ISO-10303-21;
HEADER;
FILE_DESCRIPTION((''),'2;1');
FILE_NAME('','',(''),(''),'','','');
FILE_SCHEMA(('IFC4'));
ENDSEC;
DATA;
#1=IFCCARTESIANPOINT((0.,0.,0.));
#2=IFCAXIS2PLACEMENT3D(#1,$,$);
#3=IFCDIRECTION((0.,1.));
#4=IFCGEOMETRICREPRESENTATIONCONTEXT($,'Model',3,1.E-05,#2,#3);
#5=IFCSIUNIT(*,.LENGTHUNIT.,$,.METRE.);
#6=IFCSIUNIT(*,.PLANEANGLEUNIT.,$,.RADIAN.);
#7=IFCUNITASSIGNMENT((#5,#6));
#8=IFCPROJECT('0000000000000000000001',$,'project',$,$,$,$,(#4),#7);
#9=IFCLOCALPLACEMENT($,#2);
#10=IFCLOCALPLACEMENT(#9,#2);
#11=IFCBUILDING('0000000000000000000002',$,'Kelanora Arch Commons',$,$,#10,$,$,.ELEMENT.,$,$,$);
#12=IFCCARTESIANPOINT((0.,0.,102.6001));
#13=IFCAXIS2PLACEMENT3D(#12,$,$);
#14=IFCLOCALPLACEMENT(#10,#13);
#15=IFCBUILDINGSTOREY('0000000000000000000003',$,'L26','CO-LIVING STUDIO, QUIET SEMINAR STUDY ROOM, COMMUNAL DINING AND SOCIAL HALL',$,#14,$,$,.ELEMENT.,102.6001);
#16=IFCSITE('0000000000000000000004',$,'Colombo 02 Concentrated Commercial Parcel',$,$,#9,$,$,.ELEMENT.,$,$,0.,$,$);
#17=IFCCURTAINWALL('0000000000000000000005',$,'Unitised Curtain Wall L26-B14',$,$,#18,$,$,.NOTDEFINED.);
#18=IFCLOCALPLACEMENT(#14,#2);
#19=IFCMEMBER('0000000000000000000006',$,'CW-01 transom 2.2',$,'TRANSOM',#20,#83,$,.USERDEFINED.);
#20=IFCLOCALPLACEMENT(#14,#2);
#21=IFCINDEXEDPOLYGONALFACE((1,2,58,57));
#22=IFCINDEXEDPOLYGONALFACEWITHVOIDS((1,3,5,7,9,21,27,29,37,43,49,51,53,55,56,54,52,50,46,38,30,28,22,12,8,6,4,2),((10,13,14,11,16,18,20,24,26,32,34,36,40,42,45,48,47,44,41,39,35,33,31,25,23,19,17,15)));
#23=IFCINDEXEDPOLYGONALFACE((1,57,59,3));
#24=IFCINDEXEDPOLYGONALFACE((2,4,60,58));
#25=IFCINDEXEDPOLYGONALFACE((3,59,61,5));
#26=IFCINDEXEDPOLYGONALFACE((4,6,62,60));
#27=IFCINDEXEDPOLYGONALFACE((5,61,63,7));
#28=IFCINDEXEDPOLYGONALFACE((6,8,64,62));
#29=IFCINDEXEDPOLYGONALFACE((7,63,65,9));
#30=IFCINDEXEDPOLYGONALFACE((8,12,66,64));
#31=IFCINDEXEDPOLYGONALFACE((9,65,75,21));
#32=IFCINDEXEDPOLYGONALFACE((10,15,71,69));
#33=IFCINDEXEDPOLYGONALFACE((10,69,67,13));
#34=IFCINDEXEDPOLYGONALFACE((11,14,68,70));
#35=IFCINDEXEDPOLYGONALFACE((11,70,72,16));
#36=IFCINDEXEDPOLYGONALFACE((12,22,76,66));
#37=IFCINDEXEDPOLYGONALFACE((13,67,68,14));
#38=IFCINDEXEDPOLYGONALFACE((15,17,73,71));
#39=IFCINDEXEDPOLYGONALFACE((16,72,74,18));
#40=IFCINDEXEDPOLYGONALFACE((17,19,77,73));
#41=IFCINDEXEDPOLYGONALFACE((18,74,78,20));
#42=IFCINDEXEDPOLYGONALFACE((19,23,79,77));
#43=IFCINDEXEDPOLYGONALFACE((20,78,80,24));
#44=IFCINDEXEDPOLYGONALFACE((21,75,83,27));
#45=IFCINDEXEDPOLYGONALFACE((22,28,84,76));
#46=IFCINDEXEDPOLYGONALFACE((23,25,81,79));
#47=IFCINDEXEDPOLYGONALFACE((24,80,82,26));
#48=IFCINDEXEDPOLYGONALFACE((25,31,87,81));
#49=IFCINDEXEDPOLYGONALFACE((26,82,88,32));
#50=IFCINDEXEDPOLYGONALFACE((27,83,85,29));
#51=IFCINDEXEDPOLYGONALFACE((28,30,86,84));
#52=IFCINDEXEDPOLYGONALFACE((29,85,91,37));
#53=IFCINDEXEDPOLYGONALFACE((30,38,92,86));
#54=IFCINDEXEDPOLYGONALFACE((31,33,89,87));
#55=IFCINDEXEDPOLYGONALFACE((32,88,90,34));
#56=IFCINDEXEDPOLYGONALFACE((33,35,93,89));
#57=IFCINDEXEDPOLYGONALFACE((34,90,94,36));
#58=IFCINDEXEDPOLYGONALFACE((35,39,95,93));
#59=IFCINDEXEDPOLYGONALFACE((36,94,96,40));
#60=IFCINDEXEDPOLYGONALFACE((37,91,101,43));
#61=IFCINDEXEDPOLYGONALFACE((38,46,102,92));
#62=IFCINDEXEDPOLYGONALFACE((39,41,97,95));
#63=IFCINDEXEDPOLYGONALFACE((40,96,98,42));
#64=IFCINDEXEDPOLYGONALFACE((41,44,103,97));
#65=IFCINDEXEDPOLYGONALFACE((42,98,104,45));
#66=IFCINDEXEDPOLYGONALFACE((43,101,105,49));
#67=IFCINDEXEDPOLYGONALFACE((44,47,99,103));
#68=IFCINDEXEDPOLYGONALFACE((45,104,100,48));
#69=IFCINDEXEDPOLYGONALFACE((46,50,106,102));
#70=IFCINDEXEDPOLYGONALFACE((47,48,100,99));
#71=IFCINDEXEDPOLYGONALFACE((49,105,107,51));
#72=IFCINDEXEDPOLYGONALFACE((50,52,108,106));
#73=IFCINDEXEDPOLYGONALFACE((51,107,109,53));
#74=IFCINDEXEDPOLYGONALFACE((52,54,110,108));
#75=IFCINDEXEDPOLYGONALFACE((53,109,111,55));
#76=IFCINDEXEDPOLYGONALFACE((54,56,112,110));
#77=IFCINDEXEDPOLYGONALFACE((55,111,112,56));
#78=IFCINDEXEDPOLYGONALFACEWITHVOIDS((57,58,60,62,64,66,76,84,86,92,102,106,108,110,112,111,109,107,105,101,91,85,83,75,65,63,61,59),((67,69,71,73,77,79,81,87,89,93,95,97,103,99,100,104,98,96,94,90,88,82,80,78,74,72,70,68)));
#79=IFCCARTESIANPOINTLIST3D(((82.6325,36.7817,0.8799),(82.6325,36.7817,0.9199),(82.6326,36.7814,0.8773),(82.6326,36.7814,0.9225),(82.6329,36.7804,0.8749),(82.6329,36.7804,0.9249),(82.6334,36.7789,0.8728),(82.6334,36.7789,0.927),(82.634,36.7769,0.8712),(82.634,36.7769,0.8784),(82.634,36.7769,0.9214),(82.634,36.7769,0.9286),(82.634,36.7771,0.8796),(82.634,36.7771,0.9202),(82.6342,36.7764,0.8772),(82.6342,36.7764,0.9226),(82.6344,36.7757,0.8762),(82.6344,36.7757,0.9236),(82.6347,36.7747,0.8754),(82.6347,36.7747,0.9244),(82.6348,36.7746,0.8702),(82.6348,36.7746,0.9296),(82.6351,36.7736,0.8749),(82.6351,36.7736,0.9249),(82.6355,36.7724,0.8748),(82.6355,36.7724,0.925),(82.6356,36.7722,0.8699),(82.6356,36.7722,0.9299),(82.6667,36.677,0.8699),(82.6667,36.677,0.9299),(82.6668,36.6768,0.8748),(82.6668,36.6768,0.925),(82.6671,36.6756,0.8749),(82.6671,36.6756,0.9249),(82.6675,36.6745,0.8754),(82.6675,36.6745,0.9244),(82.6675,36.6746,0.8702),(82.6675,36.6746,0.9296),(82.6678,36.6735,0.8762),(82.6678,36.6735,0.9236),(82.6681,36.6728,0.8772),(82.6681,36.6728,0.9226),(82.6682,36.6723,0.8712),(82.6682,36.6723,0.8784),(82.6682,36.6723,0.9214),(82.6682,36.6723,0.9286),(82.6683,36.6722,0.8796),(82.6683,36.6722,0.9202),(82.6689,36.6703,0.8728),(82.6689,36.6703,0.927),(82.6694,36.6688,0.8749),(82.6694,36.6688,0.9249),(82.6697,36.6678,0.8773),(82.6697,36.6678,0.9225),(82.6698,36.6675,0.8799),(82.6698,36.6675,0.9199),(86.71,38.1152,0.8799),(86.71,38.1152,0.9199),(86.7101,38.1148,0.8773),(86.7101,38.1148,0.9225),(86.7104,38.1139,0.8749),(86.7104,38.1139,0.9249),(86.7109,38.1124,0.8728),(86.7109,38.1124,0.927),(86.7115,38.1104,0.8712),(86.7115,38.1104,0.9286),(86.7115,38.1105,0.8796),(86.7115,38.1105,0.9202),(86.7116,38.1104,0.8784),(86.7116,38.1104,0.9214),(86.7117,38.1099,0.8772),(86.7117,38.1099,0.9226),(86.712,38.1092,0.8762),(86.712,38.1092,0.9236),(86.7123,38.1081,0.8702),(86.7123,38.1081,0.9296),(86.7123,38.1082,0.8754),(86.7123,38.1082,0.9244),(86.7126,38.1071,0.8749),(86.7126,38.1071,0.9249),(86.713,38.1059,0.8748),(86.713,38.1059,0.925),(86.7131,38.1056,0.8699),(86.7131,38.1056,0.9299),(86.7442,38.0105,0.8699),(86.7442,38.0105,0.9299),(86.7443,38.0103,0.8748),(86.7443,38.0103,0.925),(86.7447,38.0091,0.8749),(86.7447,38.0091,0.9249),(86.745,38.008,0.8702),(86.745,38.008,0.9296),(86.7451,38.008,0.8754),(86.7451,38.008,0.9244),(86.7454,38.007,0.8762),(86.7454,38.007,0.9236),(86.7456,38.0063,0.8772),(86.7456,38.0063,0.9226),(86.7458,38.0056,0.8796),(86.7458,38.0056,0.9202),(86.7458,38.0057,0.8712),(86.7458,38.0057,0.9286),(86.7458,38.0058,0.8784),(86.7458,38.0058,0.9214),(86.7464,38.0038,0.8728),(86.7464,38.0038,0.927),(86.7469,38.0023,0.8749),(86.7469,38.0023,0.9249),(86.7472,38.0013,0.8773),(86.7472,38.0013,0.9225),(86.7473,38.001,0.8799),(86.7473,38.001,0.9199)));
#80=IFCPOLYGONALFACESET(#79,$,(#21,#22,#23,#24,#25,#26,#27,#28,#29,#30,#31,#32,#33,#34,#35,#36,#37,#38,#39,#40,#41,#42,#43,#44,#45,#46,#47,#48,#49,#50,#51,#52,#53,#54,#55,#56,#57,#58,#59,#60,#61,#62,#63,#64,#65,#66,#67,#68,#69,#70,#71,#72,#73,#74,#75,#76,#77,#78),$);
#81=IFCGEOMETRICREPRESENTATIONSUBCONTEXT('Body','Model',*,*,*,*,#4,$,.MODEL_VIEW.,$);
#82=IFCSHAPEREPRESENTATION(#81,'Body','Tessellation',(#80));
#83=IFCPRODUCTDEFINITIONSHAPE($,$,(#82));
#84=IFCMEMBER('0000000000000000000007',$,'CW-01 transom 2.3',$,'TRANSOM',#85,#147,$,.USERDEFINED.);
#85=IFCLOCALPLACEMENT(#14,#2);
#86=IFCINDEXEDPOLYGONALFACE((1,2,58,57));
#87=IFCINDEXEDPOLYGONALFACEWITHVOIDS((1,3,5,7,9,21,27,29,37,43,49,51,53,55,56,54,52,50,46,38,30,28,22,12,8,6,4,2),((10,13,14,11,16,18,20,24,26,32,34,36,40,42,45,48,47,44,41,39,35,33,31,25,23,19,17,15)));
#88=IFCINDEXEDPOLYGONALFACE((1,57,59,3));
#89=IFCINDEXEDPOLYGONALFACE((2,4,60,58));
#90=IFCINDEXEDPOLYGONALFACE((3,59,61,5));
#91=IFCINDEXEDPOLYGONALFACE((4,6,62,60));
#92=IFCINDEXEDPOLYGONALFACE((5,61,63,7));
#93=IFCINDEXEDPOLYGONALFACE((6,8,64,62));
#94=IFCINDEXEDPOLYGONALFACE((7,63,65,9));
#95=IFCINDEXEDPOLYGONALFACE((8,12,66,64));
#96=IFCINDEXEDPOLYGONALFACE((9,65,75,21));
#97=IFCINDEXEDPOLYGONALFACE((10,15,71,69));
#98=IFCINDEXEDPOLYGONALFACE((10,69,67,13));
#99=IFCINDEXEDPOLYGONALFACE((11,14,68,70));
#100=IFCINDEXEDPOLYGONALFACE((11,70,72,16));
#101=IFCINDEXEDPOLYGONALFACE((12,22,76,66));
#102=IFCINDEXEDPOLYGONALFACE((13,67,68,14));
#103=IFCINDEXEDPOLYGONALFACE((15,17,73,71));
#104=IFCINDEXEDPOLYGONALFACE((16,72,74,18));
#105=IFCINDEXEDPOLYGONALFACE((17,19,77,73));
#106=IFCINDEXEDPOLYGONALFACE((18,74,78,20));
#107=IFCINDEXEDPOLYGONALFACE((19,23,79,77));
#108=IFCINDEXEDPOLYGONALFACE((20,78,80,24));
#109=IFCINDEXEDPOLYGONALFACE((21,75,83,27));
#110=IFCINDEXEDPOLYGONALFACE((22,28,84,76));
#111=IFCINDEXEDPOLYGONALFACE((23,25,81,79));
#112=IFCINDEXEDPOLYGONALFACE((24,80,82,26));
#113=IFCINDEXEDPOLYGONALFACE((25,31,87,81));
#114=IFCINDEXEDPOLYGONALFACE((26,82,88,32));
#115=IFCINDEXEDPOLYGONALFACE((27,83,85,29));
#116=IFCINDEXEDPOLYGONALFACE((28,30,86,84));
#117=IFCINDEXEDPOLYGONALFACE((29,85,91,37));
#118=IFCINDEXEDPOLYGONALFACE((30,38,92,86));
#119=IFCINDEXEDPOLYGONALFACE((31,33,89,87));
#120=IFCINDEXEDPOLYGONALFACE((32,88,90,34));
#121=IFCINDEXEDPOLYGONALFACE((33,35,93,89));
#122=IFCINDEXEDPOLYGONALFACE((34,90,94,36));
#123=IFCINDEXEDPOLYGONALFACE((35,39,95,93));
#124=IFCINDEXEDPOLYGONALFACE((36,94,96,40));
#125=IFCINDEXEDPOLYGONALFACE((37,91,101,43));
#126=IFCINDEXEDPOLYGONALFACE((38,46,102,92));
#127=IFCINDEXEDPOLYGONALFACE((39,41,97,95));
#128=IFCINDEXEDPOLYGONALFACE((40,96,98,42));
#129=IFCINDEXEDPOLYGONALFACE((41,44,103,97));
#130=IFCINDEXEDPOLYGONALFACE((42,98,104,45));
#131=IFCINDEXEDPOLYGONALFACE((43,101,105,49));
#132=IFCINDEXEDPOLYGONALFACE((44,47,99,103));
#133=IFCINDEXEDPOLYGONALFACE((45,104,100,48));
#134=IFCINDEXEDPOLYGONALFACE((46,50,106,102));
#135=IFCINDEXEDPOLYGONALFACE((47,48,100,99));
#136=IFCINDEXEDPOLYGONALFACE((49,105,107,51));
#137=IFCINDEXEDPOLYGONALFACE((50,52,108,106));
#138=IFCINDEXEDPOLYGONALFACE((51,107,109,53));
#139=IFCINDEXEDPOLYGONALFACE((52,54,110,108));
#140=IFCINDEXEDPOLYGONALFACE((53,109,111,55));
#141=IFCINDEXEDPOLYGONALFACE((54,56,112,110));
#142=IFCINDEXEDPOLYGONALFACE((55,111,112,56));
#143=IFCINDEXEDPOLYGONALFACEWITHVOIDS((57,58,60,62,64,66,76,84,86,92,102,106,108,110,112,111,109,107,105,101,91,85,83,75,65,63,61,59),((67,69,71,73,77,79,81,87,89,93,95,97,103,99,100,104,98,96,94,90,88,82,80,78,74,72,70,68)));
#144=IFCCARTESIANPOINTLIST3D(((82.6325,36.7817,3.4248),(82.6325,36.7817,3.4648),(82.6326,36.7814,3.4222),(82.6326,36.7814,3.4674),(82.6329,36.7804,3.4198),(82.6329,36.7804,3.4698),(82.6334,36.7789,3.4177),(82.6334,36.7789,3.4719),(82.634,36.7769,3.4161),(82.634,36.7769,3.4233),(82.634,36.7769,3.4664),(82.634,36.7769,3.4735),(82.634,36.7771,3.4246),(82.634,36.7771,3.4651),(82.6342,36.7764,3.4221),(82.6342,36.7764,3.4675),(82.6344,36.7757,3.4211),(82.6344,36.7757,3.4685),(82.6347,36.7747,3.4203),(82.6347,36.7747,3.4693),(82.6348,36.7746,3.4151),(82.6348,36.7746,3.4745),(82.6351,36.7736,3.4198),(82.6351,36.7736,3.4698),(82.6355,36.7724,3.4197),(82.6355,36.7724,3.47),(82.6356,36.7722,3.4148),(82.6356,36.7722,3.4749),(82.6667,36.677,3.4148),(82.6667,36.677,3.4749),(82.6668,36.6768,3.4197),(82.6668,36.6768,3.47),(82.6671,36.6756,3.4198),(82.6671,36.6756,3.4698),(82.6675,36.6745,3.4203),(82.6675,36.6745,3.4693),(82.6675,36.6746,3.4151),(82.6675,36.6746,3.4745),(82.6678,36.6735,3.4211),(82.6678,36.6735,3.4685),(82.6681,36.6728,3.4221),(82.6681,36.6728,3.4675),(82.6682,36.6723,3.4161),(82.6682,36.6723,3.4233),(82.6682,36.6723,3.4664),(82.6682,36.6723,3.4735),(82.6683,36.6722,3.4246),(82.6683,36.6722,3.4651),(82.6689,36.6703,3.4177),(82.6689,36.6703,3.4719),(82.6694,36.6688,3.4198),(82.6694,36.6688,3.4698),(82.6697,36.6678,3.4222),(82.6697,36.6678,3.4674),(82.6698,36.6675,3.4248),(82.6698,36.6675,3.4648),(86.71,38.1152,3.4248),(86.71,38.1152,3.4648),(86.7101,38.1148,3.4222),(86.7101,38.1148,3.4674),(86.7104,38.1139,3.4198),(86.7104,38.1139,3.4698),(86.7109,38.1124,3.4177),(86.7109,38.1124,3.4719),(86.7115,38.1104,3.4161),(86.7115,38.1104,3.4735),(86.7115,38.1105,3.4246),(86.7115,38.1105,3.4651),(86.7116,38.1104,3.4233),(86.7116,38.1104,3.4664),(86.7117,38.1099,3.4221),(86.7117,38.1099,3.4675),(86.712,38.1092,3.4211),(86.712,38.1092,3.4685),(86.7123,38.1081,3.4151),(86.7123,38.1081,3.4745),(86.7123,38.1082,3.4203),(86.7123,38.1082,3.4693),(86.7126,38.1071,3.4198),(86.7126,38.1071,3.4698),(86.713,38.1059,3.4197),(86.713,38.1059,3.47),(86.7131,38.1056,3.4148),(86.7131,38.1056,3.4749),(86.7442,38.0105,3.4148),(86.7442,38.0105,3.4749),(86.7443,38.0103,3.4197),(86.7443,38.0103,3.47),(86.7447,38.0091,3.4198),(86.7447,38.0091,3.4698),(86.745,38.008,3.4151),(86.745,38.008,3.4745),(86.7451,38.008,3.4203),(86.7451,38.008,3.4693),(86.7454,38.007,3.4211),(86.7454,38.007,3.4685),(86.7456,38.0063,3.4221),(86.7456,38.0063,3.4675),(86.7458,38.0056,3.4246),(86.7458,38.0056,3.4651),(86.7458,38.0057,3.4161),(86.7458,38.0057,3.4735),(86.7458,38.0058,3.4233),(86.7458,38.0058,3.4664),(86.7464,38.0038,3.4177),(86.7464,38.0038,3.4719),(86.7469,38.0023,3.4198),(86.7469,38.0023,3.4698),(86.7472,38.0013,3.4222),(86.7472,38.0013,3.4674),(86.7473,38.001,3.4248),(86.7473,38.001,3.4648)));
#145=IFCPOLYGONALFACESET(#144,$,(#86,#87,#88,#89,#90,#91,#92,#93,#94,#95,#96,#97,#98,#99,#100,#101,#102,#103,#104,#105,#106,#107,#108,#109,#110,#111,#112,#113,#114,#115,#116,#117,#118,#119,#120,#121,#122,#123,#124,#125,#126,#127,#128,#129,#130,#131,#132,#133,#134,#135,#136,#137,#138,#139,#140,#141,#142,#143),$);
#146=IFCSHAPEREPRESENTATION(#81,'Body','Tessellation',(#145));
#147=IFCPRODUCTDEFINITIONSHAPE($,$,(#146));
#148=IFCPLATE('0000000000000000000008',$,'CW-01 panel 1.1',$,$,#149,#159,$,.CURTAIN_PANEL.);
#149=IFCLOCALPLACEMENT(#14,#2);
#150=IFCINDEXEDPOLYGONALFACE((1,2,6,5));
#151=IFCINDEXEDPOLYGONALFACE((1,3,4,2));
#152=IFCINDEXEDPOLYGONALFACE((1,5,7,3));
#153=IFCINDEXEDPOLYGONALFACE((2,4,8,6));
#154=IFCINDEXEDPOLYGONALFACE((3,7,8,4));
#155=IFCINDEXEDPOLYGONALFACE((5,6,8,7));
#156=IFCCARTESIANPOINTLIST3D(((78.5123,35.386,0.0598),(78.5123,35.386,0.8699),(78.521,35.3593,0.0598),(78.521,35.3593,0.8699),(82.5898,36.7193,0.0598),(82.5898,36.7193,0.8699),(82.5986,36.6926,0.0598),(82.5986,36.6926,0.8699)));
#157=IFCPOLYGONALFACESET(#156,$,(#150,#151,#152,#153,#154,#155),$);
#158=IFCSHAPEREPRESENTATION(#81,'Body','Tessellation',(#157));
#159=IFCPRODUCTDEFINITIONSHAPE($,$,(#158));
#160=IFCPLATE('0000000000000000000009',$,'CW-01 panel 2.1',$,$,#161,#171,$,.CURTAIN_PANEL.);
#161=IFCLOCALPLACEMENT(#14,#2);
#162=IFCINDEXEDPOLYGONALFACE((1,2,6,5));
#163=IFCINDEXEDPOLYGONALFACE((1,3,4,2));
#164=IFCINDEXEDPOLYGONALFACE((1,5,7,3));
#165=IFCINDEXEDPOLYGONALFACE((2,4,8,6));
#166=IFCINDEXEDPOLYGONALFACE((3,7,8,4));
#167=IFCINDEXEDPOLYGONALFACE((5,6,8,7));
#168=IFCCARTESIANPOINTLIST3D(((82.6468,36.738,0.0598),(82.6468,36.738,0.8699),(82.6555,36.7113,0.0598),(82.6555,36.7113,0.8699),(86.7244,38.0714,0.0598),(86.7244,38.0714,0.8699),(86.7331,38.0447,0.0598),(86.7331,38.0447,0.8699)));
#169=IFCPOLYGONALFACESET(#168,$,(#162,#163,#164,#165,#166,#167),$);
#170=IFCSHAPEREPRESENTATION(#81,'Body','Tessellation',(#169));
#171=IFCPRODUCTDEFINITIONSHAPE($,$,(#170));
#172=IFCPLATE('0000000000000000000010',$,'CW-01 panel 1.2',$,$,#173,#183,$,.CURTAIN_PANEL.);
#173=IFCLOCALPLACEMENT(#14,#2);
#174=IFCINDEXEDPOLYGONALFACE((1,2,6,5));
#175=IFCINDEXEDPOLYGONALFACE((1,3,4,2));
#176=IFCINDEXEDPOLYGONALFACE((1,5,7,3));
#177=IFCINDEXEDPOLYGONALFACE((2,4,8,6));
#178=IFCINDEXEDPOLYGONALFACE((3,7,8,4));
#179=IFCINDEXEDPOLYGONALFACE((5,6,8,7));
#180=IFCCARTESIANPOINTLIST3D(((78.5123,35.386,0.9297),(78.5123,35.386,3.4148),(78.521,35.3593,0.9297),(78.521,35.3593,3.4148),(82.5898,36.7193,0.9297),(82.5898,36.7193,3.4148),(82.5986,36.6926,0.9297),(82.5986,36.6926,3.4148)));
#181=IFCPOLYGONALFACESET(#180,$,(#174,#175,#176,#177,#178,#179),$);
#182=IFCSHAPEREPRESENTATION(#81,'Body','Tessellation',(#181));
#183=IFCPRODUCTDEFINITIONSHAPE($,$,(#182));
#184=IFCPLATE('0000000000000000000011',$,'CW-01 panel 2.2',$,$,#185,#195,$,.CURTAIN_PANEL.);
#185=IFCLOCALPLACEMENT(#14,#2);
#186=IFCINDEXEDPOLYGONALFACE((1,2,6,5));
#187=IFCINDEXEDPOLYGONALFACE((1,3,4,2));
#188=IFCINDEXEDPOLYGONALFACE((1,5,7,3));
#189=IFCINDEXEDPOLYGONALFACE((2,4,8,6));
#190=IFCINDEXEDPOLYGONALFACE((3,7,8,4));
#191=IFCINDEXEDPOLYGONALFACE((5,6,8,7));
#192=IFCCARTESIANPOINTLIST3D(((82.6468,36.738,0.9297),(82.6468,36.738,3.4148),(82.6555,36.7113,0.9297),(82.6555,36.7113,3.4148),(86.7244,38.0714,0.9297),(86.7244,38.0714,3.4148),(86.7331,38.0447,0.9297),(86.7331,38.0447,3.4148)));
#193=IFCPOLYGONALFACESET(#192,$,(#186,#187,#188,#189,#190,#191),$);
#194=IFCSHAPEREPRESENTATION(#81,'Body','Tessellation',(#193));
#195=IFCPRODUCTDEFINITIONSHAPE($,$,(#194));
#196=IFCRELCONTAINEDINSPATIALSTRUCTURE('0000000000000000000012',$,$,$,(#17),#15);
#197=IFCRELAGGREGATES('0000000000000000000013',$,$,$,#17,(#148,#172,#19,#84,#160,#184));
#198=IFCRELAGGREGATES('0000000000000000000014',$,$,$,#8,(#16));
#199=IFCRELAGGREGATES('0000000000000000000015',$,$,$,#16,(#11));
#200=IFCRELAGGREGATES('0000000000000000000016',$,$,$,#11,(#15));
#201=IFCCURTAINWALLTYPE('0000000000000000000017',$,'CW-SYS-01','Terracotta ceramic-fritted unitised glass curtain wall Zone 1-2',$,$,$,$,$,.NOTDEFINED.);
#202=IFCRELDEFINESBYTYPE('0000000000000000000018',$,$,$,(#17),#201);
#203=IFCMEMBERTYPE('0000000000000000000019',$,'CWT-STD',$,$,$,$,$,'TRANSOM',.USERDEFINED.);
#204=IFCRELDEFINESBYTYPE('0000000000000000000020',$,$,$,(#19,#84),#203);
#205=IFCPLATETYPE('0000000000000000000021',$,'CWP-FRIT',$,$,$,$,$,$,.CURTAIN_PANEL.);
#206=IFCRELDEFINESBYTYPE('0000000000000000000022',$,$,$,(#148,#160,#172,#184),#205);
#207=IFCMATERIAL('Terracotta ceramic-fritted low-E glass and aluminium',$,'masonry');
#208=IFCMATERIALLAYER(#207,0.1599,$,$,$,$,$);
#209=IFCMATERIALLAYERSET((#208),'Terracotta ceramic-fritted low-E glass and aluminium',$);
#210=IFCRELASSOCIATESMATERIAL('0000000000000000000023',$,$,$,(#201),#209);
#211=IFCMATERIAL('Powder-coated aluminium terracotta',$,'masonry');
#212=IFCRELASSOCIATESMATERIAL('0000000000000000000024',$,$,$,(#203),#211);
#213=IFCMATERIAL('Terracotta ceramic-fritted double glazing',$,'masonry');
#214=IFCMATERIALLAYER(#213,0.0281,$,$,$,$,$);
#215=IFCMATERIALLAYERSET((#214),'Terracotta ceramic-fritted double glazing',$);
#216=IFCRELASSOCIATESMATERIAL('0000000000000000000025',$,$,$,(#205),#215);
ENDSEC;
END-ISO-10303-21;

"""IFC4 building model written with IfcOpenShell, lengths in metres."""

from ifc_helpers import new_model, si_unit, direction, frame, origin, origin_2d, place, context, subcontext, project, spatial, rectangle, hollow_rectangle, extrude, source, transform, mapped, material, layer, layer_set, material_profile, profile_set, type_object, element, aggregate, save


model = new_model("IFC4")

# Units and contexts
model_context = context("Model", 3, precision=1e-05, world=origin(), true_north=direction((0.0, 1.0)))
body_context = subcontext(model_context, "Body", "Model", "MODEL_VIEW")
ifc_project = project(units=[si_unit("LENGTHUNIT", "METRE"), si_unit("PLANEANGLEUNIT", "RADIAN")], contexts=[model_context])

# Site, building, storey
site_placement = place(None, origin())
site = spatial("IfcSite", under=ifc_project, at=site_placement, Name="Colombo 02 Concentrated Commercial Parcel", CompositionType="ELEMENT", RefElevation=0.0)
building_placement = place(site_placement, origin())
building = spatial("IfcBuilding", under=site, at=building_placement, Name="Kelanora Arch Commons", CompositionType="ELEMENT")
storey_placement = place(building_placement, frame((0.0, 0.0, 102.6001)))
storey = spatial("IfcBuildingStorey", under=building, at=storey_placement, Name="L26", Description="CO-LIVING STUDIO, QUIET SEMINAR STUDY ROOM, COMMUNAL DINING AND SOCIAL HALL", CompositionType="ELEMENT", Elevation=102.6001)

# Curtain wall, members, plates
ifc_material_1 = material(Name="Terracotta ceramic-fritted low-E glass and aluminium", Category="masonry")
ifc_layer_1 = layer(ifc_material_1, 0.1599)
ifc_layer_set_1 = layer_set([ifc_layer_1], Name="Terracotta ceramic-fritted low-E glass and aluminium")
curtain_wall_type = type_object("IfcCurtainWallType", Name="CW-SYS-01", Description="Terracotta ceramic-fritted unitised glass curtain wall Zone 1-2", PredefinedType="NOTDEFINED", material=ifc_layer_set_1)
curtain_wall_placement = place(storey_placement, origin())
curtain_wall = element("IfcCurtainWall", 1, at=curtain_wall_placement, inside=storey, type_object=curtain_wall_type, Name="Unitised Curtain Wall L26-B14", PredefinedType="NOTDEFINED")
ifc_material_2 = material(Name="Powder-coated aluminium terracotta", Category="masonry")
ifc_material_profile_1 = material_profile(ifc_material_2, hollow_rectangle(XDim=0.1201, YDim=0.0601, WallThickness=0.0049, InnerFilletRadius=0.0049, OuterFilletRadius=0.01, at=origin_2d()), Name="CWT120x60")
ifc_profile_set_1 = profile_set([ifc_material_profile_1], Name="Powder-coated aluminium terracotta")
member_type_1 = type_object("IfcMemberType", Name="CWT-STD", ElementType="TRANSOM", PredefinedType="USERDEFINED", material=ifc_profile_set_1)
member_1_placement = place(storey_placement, frame((82.6511, 36.7246, 0.8999), z_axis=(0.950466, 0.310828, 0.0), x_axis=(-0.310828, 0.950466, 0.0)))
member_1 = element("IfcMember", 2, at=member_1_placement, type_object=member_type_1, Name="CW-01 transom 2.2", ObjectType="TRANSOM", PredefinedType="USERDEFINED", context=body_context, shape_type="SweptSolid", body=[
    extrude(hollow_rectangle(XDim=0.1201, YDim=0.0601, WallThickness=0.0049, InnerFilletRadius=0.0049, OuterFilletRadius=0.01, at=origin_2d()), origin(), (0.0, 0.0, 1.0), 4.29),
])
member_2_placement = place(storey_placement, frame((82.6511, 36.7246, 3.4448), z_axis=(0.950466, 0.310828, 0.0), x_axis=(-0.310828, 0.950466, 0.0)))
member_2 = element("IfcMember", 3, at=member_2_placement, type_object=member_type_1, Name="CW-01 transom 2.3", ObjectType="TRANSOM", PredefinedType="USERDEFINED", context=body_context, shape_type="SweptSolid", body=[
    extrude(hollow_rectangle(XDim=0.1201, YDim=0.0601, WallThickness=0.0049, InnerFilletRadius=0.0049, OuterFilletRadius=0.01, at=origin_2d()), origin(), (0.0, 0.0, 1.0), 4.29),
])
ifc_material_3 = material(Name="Terracotta ceramic-fritted double glazing", Category="masonry")
ifc_layer_2 = layer(ifc_material_3, 0.0281)
ifc_layer_set_2 = layer_set([ifc_layer_2], Name="Terracotta ceramic-fritted double glazing")
plate_type = type_object("IfcPlateType", Name="CWP-FRIT", PredefinedType="CURTAIN_PANEL", material=ifc_layer_set_2)
shared_shape_1 = source(origin(), body_context, "Body", "SweptSolid", [
    extrude(rectangle(XDim=4.29, YDim=0.0281, at=origin_2d()), origin(), (0.0, 0.0, 1.0), 0.8101),
])
plate_1_placement = place(storey_placement, frame((80.5554, 36.0393, 0.0598), z_axis=(0.0, 0.0, 1.0), x_axis=(0.950474, 0.310805, 0.0)))
plate_1 = element("IfcPlate", 4, at=plate_1_placement, type_object=plate_type, Name="CW-01 panel 1.1", PredefinedType="CURTAIN_PANEL", context=body_context, shape_type="MappedRepresentation", body=[
    mapped(shared_shape_1, transform((0.0, 0.0, 0.0), scale=1.0)),
])
plate_2_placement = place(storey_placement, frame((84.6899, 37.3914, 0.0598), z_axis=(0.0, 0.0, 1.0), x_axis=(0.950474, 0.310805, 0.0)))
plate_2 = element("IfcPlate", 5, at=plate_2_placement, type_object=plate_type, Name="CW-01 panel 2.1", PredefinedType="CURTAIN_PANEL", context=body_context, shape_type="MappedRepresentation", body=[
    mapped(shared_shape_1, transform((0.0, 0.0, 0.0), scale=1.0)),
])
shared_shape_2 = source(origin(), body_context, "Body", "SweptSolid", [
    extrude(rectangle(XDim=4.29, YDim=0.0281, at=origin_2d()), origin(), (0.0, 0.0, 1.0), 2.4851),
])
plate_3_placement = place(storey_placement, frame((80.5554, 36.0393, 0.9297), z_axis=(0.0, 0.0, 1.0), x_axis=(0.950474, 0.310805, 0.0)))
plate_3 = element("IfcPlate", 6, at=plate_3_placement, type_object=plate_type, Name="CW-01 panel 1.2", PredefinedType="CURTAIN_PANEL", context=body_context, shape_type="MappedRepresentation", body=[
    mapped(shared_shape_2, transform((0.0, 0.0, 0.0), scale=1.0)),
])
plate_4_placement = place(storey_placement, frame((84.6899, 37.3914, 0.9297), z_axis=(0.0, 0.0, 1.0), x_axis=(0.950474, 0.310805, 0.0)))
plate_4 = element("IfcPlate", 7, at=plate_4_placement, type_object=plate_type, Name="CW-01 panel 2.2", PredefinedType="CURTAIN_PANEL", context=body_context, shape_type="MappedRepresentation", body=[
    mapped(shared_shape_2, transform((0.0, 0.0, 0.0), scale=1.0)),
])
aggregate(curtain_wall, [plate_1, plate_3, member_1, member_2, plate_2, plate_4])

save(model, "model.ifc")
